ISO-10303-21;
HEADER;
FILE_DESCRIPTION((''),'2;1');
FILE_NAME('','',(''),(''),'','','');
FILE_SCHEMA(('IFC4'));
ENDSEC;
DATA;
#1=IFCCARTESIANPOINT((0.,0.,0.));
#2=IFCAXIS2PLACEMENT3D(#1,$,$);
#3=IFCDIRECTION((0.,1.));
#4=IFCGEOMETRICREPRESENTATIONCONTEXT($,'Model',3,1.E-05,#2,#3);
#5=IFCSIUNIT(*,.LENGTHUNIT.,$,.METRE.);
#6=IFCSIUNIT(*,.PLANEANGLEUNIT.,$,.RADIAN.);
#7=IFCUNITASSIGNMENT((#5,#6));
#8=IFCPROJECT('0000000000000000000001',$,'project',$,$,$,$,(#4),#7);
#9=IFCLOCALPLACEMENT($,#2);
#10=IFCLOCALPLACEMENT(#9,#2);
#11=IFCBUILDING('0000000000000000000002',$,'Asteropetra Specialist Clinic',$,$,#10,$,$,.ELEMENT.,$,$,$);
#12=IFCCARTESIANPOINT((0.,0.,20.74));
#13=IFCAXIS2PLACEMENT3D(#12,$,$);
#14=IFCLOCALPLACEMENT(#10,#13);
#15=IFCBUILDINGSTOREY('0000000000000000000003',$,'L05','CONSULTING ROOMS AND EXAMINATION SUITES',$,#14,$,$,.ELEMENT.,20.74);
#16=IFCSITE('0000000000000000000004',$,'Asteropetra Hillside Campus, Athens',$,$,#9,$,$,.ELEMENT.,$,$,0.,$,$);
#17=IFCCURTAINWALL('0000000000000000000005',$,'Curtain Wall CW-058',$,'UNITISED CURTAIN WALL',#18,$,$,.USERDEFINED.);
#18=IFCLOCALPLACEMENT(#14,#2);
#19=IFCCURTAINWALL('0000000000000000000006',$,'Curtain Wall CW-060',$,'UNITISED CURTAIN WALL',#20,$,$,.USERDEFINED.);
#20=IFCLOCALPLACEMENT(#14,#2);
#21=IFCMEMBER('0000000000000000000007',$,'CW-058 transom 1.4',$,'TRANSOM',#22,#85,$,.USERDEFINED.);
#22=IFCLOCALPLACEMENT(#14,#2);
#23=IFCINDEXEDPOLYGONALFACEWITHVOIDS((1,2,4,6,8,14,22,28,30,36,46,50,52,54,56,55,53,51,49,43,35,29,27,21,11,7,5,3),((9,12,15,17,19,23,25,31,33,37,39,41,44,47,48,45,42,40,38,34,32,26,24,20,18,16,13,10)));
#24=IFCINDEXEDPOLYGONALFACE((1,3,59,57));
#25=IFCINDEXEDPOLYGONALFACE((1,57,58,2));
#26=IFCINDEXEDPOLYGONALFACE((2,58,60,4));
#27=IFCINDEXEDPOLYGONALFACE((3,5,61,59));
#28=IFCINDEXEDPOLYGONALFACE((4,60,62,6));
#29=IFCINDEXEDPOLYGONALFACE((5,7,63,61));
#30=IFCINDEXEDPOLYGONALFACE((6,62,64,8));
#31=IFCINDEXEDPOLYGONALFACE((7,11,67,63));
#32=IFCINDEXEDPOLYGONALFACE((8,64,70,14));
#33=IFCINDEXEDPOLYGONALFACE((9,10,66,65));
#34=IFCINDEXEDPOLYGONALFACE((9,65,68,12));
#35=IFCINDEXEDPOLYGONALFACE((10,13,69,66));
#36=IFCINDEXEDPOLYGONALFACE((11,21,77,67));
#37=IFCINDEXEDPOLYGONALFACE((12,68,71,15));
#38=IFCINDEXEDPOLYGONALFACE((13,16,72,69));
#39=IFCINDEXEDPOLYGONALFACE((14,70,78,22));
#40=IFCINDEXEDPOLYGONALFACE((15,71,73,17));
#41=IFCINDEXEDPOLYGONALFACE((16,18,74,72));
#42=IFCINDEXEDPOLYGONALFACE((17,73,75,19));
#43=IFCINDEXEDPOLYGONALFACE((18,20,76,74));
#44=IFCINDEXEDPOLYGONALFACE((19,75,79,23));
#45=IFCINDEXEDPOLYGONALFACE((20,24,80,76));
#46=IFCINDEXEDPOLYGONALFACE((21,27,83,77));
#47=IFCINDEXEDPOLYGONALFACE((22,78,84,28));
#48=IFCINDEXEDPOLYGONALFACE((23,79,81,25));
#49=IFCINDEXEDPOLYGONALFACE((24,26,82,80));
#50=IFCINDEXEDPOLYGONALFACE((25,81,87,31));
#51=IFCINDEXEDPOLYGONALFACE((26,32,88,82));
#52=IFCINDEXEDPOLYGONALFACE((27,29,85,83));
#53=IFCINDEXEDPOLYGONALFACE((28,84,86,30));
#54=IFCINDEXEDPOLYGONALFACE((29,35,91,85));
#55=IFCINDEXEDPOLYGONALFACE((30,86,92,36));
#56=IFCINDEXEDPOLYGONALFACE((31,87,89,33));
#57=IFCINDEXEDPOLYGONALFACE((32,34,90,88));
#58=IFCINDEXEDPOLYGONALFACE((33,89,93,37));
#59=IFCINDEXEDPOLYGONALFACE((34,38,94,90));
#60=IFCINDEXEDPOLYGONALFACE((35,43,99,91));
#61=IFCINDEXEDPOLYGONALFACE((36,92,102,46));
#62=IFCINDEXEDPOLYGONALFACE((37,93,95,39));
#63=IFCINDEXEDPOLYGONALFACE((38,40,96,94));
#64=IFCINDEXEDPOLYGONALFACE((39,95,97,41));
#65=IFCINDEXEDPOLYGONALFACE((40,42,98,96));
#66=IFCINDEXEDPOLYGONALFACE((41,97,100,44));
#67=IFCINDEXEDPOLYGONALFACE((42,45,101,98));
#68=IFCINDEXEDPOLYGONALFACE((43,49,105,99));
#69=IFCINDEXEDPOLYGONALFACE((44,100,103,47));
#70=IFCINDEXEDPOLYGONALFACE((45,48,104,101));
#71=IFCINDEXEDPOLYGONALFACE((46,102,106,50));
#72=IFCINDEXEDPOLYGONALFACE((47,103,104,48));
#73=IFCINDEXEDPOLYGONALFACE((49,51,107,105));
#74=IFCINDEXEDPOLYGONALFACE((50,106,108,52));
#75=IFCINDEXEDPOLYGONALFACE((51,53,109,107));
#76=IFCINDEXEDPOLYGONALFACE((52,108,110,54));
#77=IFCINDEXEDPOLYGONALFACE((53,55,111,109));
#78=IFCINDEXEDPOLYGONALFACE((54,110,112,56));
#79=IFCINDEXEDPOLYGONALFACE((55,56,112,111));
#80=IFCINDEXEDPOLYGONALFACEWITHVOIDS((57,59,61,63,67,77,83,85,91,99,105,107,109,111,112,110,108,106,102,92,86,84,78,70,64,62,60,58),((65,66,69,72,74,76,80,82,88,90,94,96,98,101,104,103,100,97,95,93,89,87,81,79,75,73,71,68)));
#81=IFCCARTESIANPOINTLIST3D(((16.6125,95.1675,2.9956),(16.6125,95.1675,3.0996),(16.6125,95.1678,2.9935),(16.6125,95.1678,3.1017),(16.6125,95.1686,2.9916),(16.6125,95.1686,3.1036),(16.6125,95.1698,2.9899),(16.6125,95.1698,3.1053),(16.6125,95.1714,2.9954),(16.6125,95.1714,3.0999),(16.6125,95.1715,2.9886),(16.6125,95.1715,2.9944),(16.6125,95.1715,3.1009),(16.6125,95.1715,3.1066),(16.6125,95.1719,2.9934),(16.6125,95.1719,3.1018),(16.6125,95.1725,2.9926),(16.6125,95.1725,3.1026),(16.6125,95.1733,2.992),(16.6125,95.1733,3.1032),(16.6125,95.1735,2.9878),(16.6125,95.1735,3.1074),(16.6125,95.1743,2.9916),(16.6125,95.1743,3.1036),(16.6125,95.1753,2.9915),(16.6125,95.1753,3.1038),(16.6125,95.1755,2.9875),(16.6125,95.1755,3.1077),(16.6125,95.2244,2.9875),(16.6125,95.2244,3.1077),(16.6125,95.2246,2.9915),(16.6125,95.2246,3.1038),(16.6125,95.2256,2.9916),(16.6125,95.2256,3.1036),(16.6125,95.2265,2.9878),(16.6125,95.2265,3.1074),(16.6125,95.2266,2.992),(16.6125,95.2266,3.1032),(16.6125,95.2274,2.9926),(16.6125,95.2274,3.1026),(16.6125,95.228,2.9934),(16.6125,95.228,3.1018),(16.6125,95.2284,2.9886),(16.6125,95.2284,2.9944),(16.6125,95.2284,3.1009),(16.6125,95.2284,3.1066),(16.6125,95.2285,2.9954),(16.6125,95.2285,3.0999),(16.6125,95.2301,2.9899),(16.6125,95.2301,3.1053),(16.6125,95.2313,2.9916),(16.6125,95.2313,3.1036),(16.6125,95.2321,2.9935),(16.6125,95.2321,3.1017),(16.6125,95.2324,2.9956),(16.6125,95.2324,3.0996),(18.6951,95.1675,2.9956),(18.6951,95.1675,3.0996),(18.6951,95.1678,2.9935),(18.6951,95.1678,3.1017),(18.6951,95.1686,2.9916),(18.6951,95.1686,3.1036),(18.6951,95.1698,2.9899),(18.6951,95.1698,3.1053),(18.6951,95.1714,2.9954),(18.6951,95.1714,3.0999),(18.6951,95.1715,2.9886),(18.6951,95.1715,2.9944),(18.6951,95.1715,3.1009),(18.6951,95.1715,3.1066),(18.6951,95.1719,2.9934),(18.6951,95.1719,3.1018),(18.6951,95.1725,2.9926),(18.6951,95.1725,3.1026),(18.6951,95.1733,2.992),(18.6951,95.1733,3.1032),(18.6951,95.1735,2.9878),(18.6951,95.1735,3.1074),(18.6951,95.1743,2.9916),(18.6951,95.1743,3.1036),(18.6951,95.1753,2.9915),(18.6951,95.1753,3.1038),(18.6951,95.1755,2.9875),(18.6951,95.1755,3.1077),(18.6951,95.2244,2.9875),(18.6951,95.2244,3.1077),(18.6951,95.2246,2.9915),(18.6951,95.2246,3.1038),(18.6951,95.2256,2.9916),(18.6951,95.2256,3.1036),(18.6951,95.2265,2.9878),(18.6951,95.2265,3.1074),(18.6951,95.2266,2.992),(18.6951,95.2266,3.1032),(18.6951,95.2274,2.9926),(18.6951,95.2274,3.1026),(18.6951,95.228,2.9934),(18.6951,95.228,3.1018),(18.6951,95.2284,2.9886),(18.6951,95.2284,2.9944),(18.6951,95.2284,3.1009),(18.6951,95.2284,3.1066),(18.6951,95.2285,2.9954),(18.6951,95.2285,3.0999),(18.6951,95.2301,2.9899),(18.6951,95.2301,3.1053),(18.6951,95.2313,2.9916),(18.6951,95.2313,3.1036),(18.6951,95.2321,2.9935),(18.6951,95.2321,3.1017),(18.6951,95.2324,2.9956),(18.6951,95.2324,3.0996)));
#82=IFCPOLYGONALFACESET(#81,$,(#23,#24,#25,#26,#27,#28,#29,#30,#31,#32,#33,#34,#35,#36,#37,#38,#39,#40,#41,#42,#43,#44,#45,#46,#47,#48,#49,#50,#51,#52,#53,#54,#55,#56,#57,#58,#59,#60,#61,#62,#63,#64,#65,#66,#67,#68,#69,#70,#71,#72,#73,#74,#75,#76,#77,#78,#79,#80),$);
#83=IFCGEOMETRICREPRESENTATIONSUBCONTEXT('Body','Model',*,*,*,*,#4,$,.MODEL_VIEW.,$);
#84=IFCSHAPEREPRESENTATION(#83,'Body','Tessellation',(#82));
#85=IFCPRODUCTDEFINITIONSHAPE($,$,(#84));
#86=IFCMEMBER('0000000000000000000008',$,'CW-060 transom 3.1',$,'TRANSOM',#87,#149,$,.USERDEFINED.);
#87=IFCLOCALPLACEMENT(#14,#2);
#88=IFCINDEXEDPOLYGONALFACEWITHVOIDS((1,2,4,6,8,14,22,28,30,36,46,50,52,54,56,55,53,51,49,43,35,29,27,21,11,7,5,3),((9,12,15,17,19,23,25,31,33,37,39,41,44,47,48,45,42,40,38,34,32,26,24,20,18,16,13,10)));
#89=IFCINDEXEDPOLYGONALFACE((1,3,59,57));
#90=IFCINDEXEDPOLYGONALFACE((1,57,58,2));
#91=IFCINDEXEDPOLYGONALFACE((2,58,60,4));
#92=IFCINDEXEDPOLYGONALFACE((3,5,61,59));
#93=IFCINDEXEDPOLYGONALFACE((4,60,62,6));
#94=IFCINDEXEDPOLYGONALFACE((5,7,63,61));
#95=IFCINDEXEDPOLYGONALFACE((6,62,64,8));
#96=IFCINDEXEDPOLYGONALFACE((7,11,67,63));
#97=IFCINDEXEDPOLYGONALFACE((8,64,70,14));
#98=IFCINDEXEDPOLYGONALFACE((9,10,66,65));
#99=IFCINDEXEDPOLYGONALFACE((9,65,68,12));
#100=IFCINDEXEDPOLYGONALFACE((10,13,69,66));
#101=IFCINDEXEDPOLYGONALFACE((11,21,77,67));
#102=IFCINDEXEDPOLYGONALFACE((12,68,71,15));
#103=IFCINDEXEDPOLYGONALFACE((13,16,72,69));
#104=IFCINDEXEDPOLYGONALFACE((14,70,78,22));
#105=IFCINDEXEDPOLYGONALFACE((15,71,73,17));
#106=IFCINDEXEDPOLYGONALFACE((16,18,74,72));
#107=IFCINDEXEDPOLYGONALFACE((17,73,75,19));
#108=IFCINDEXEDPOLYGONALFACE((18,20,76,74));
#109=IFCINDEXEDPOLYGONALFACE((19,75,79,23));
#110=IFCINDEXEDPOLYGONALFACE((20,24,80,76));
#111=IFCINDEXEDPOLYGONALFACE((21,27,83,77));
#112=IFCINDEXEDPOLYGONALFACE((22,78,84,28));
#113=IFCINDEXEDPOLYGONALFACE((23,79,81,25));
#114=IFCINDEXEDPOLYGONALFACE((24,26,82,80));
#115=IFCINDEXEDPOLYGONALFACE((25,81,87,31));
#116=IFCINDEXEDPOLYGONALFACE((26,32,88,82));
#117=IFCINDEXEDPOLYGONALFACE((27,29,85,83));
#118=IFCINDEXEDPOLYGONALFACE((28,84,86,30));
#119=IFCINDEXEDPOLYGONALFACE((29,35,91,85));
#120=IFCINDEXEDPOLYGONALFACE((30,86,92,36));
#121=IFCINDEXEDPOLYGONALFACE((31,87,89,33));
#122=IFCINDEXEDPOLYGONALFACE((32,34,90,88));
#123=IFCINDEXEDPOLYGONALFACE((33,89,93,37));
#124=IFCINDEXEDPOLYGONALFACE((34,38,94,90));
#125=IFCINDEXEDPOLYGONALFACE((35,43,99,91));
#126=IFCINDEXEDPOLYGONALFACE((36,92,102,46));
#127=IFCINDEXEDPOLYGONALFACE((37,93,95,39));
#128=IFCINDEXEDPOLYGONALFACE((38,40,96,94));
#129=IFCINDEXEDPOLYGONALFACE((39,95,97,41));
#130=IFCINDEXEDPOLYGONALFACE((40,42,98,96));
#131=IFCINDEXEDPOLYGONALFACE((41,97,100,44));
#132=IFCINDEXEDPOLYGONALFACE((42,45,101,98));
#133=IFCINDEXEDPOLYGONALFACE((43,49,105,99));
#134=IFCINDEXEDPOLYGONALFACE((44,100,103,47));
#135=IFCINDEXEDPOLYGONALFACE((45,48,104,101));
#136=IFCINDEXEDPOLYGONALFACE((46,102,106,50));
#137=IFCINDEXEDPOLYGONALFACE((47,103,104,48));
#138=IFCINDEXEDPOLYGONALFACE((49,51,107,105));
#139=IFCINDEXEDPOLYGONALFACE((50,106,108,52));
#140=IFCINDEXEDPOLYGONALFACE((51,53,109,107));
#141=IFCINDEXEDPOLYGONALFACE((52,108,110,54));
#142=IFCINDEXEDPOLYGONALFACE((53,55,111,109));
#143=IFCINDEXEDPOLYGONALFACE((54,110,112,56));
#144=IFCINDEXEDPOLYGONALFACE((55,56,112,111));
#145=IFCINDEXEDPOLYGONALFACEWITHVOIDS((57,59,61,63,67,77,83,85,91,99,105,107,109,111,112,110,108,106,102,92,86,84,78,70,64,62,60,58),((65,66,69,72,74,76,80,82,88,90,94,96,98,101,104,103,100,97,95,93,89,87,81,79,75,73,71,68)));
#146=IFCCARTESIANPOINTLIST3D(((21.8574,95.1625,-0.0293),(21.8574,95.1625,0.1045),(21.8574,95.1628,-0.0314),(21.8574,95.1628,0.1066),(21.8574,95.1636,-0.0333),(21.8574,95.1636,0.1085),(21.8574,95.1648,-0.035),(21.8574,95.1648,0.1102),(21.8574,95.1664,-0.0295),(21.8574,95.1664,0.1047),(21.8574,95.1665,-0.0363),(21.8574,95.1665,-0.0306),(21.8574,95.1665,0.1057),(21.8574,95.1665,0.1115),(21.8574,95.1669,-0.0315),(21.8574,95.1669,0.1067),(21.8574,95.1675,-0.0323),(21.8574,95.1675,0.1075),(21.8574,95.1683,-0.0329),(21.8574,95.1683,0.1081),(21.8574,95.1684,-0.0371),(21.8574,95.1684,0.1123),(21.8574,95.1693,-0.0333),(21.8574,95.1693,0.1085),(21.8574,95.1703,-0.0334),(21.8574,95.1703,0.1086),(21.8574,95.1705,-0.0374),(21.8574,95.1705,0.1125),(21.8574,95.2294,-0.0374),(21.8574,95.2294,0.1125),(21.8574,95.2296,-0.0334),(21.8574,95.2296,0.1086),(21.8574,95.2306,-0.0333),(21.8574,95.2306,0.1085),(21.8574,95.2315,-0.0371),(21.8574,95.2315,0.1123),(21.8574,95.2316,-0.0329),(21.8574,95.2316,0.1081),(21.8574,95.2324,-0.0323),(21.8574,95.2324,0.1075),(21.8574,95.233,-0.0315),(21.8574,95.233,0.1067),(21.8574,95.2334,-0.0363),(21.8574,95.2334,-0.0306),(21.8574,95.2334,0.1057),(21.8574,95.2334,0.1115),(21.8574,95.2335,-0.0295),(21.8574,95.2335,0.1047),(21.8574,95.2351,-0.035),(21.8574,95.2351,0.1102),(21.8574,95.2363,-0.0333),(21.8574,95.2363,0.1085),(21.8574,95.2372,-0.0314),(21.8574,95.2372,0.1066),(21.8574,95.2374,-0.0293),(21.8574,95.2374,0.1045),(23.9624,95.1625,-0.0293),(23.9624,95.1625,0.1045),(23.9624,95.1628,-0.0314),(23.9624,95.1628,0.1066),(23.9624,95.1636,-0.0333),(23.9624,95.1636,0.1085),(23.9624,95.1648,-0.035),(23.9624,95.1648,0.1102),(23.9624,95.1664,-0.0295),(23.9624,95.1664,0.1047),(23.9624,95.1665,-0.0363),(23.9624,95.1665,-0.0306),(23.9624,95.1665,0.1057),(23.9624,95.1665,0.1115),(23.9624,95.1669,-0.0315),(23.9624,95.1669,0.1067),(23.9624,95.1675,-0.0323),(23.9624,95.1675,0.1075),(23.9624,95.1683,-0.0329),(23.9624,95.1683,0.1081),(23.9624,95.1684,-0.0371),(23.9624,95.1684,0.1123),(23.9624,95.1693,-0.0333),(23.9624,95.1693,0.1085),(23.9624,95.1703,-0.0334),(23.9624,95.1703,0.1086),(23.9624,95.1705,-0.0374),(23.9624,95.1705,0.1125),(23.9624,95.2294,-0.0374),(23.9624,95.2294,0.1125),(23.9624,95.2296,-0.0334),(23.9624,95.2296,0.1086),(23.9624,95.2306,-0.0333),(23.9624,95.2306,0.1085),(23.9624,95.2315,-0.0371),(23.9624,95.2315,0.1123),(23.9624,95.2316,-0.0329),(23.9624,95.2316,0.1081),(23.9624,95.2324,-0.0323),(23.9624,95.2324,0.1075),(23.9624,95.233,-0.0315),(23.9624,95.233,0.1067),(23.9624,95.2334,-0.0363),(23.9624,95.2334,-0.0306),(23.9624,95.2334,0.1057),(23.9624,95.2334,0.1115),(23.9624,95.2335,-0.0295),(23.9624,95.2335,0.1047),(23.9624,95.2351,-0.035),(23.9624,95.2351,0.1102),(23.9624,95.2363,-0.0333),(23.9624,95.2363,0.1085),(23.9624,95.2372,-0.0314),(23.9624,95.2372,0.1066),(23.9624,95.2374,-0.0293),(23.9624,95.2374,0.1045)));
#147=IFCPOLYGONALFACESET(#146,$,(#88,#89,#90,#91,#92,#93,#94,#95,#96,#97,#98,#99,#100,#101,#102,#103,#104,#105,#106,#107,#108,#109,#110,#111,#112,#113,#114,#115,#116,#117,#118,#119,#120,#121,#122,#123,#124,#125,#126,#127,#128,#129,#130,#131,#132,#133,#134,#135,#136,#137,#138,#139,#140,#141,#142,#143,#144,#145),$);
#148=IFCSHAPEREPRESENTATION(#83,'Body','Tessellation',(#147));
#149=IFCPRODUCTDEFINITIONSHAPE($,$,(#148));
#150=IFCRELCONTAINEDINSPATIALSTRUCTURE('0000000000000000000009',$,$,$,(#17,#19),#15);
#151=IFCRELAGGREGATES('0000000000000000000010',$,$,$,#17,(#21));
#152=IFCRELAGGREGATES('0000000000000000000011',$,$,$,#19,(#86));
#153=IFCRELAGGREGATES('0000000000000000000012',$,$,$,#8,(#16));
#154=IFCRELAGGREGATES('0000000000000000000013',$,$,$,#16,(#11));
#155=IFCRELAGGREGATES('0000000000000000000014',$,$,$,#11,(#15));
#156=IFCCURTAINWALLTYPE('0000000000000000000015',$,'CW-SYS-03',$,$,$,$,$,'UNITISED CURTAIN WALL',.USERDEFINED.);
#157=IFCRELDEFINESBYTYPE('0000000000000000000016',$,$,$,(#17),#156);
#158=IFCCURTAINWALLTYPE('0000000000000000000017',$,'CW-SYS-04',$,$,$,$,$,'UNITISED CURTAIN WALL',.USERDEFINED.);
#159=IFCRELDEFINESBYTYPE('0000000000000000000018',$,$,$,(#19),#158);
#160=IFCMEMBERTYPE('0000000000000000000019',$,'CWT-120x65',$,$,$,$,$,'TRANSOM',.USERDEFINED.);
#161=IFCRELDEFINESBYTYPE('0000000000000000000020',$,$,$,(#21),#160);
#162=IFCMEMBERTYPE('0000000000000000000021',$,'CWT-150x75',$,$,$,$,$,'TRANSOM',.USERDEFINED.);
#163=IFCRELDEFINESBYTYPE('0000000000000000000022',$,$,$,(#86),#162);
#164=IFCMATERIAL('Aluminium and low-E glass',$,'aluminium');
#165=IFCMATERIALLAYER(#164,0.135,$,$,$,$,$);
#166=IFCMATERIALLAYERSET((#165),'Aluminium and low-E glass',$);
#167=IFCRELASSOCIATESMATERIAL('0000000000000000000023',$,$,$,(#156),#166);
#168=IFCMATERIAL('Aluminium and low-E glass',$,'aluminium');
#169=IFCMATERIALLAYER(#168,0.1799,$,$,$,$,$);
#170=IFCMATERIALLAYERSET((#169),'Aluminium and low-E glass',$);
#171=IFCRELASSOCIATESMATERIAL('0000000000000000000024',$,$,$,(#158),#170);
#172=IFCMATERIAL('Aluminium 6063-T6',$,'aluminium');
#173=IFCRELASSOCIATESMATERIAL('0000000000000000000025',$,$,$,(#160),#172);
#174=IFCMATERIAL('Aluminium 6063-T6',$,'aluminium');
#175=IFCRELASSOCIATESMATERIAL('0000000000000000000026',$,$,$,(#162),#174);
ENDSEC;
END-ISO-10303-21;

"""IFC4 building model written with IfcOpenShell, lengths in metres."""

from ifc_helpers import new_model, si_unit, direction, frame, origin, origin_2d, place, context, subcontext, project, spatial, hollow_rectangle, extrude, material, layer, layer_set, material_profile, profile_set, type_object, element, aggregate, save


model = new_model("IFC4")

# Units and contexts
model_context = context("Model", 3, precision=1e-05, world=origin(), true_north=direction((0.0, 1.0)))
body_context = subcontext(model_context, "Body", "Model", "MODEL_VIEW")
ifc_project = project(units=[si_unit("LENGTHUNIT", "METRE"), si_unit("PLANEANGLEUNIT", "RADIAN")], contexts=[model_context])

# Site, building, storey
site_placement = place(None, origin())
site = spatial("IfcSite", under=ifc_project, at=site_placement, Name="Asteropetra Hillside Campus, Athens", CompositionType="ELEMENT", RefElevation=0.0)
building_placement = place(site_placement, origin())
building = spatial("IfcBuilding", under=site, at=building_placement, Name="Asteropetra Specialist Clinic", CompositionType="ELEMENT")
storey_placement = place(building_placement, frame((0.0, 0.0, 20.74)))
storey = spatial("IfcBuildingStorey", under=building, at=storey_placement, Name="L05", Description="CONSULTING ROOMS AND EXAMINATION SUITES", CompositionType="ELEMENT", Elevation=20.74)

# Curtain wall
ifc_material_1 = material(Name="Aluminium and low-E glass", Category="aluminium")
ifc_layer_1 = layer(ifc_material_1, 0.135)
ifc_layer_set_1 = layer_set([ifc_layer_1], Name="Aluminium and low-E glass")
curtain_wall_type_1 = type_object("IfcCurtainWallType", Name="CW-SYS-03", ElementType="UNITISED CURTAIN WALL", PredefinedType="USERDEFINED", material=ifc_layer_set_1)
curtain_wall_1_placement = place(storey_placement, origin())
curtain_wall_1 = element("IfcCurtainWall", 1, at=curtain_wall_1_placement, inside=storey, type_object=curtain_wall_type_1, Name="Curtain Wall CW-058", ObjectType="UNITISED CURTAIN WALL", PredefinedType="USERDEFINED")

# Curtain wall
ifc_material_2 = material(Name="Aluminium and low-E glass", Category="aluminium")
ifc_layer_2 = layer(ifc_material_2, 0.1799)
ifc_layer_set_2 = layer_set([ifc_layer_2], Name="Aluminium and low-E glass")
curtain_wall_type_2 = type_object("IfcCurtainWallType", Name="CW-SYS-04", ElementType="UNITISED CURTAIN WALL", PredefinedType="USERDEFINED", material=ifc_layer_set_2)
curtain_wall_2_placement = place(storey_placement, origin())
curtain_wall_2 = element("IfcCurtainWall", 2, at=curtain_wall_2_placement, inside=storey, type_object=curtain_wall_type_2, Name="Curtain Wall CW-060", ObjectType="UNITISED CURTAIN WALL", PredefinedType="USERDEFINED")

# Members
ifc_material_3 = material(Name="Aluminium 6063-T6", Category="aluminium")
ifc_material_profile_1 = material_profile(ifc_material_3, hollow_rectangle(XDim=0.0649, YDim=0.1201, WallThickness=0.0039, InnerFilletRadius=0.0039, OuterFilletRadius=0.0081, at=origin_2d()), Name="TRN 120x65x4.0")
ifc_profile_set_1 = profile_set([ifc_material_profile_1], Name="Aluminium 6063-T6")
member_type_1 = type_object("IfcMemberType", Name="CWT-120x65", ElementType="TRANSOM", PredefinedType="USERDEFINED", material=ifc_profile_set_1)
member_1_placement = place(storey_placement, frame((18.6951, 95.2, 3.0476), z_axis=(-1.0, 0.0, 0.0), x_axis=(0.0, -1.0, 0.0)))
member_1 = element("IfcMember", 3, at=member_1_placement, type_object=member_type_1, Name="CW-058 transom 1.4", ObjectType="TRANSOM", PredefinedType="USERDEFINED", context=body_context, shape_type="SweptSolid", body=[
    extrude(hollow_rectangle(XDim=0.0649, YDim=0.1201, WallThickness=0.0039, InnerFilletRadius=0.0039, OuterFilletRadius=0.0081, at=origin_2d()), origin(), (0.0, 0.0, 1.0), 2.0825),
])
aggregate(curtain_wall_1, [member_1])
ifc_material_4 = material(Name="Aluminium 6063-T6", Category="aluminium")
ifc_material_profile_2 = material_profile(ifc_material_4, hollow_rectangle(XDim=0.075, YDim=0.1499, WallThickness=0.0039, InnerFilletRadius=0.0039, OuterFilletRadius=0.0081, at=origin_2d()), Name="TRN 150x75x4.0")
ifc_profile_set_2 = profile_set([ifc_material_profile_2], Name="Aluminium 6063-T6")
member_type_2 = type_object("IfcMemberType", Name="CWT-150x75", ElementType="TRANSOM", PredefinedType="USERDEFINED", material=ifc_profile_set_2)
member_2_placement = place(storey_placement, frame((23.9624, 95.2, 0.0376), z_axis=(-1.0, 0.0, 0.0), x_axis=(0.0, -1.0, 0.0)))
member_2 = element("IfcMember", 4, at=member_2_placement, type_object=member_type_2, Name="CW-060 transom 3.1", ObjectType="TRANSOM", PredefinedType="USERDEFINED", context=body_context, shape_type="SweptSolid", body=[
    extrude(hollow_rectangle(XDim=0.075, YDim=0.1499, WallThickness=0.0039, InnerFilletRadius=0.0039, OuterFilletRadius=0.0081, at=origin_2d()), origin(), (0.0, 0.0, 1.0), 2.105),
])

aggregate(curtain_wall_2, [member_2])

save(model, "model.ifc")
